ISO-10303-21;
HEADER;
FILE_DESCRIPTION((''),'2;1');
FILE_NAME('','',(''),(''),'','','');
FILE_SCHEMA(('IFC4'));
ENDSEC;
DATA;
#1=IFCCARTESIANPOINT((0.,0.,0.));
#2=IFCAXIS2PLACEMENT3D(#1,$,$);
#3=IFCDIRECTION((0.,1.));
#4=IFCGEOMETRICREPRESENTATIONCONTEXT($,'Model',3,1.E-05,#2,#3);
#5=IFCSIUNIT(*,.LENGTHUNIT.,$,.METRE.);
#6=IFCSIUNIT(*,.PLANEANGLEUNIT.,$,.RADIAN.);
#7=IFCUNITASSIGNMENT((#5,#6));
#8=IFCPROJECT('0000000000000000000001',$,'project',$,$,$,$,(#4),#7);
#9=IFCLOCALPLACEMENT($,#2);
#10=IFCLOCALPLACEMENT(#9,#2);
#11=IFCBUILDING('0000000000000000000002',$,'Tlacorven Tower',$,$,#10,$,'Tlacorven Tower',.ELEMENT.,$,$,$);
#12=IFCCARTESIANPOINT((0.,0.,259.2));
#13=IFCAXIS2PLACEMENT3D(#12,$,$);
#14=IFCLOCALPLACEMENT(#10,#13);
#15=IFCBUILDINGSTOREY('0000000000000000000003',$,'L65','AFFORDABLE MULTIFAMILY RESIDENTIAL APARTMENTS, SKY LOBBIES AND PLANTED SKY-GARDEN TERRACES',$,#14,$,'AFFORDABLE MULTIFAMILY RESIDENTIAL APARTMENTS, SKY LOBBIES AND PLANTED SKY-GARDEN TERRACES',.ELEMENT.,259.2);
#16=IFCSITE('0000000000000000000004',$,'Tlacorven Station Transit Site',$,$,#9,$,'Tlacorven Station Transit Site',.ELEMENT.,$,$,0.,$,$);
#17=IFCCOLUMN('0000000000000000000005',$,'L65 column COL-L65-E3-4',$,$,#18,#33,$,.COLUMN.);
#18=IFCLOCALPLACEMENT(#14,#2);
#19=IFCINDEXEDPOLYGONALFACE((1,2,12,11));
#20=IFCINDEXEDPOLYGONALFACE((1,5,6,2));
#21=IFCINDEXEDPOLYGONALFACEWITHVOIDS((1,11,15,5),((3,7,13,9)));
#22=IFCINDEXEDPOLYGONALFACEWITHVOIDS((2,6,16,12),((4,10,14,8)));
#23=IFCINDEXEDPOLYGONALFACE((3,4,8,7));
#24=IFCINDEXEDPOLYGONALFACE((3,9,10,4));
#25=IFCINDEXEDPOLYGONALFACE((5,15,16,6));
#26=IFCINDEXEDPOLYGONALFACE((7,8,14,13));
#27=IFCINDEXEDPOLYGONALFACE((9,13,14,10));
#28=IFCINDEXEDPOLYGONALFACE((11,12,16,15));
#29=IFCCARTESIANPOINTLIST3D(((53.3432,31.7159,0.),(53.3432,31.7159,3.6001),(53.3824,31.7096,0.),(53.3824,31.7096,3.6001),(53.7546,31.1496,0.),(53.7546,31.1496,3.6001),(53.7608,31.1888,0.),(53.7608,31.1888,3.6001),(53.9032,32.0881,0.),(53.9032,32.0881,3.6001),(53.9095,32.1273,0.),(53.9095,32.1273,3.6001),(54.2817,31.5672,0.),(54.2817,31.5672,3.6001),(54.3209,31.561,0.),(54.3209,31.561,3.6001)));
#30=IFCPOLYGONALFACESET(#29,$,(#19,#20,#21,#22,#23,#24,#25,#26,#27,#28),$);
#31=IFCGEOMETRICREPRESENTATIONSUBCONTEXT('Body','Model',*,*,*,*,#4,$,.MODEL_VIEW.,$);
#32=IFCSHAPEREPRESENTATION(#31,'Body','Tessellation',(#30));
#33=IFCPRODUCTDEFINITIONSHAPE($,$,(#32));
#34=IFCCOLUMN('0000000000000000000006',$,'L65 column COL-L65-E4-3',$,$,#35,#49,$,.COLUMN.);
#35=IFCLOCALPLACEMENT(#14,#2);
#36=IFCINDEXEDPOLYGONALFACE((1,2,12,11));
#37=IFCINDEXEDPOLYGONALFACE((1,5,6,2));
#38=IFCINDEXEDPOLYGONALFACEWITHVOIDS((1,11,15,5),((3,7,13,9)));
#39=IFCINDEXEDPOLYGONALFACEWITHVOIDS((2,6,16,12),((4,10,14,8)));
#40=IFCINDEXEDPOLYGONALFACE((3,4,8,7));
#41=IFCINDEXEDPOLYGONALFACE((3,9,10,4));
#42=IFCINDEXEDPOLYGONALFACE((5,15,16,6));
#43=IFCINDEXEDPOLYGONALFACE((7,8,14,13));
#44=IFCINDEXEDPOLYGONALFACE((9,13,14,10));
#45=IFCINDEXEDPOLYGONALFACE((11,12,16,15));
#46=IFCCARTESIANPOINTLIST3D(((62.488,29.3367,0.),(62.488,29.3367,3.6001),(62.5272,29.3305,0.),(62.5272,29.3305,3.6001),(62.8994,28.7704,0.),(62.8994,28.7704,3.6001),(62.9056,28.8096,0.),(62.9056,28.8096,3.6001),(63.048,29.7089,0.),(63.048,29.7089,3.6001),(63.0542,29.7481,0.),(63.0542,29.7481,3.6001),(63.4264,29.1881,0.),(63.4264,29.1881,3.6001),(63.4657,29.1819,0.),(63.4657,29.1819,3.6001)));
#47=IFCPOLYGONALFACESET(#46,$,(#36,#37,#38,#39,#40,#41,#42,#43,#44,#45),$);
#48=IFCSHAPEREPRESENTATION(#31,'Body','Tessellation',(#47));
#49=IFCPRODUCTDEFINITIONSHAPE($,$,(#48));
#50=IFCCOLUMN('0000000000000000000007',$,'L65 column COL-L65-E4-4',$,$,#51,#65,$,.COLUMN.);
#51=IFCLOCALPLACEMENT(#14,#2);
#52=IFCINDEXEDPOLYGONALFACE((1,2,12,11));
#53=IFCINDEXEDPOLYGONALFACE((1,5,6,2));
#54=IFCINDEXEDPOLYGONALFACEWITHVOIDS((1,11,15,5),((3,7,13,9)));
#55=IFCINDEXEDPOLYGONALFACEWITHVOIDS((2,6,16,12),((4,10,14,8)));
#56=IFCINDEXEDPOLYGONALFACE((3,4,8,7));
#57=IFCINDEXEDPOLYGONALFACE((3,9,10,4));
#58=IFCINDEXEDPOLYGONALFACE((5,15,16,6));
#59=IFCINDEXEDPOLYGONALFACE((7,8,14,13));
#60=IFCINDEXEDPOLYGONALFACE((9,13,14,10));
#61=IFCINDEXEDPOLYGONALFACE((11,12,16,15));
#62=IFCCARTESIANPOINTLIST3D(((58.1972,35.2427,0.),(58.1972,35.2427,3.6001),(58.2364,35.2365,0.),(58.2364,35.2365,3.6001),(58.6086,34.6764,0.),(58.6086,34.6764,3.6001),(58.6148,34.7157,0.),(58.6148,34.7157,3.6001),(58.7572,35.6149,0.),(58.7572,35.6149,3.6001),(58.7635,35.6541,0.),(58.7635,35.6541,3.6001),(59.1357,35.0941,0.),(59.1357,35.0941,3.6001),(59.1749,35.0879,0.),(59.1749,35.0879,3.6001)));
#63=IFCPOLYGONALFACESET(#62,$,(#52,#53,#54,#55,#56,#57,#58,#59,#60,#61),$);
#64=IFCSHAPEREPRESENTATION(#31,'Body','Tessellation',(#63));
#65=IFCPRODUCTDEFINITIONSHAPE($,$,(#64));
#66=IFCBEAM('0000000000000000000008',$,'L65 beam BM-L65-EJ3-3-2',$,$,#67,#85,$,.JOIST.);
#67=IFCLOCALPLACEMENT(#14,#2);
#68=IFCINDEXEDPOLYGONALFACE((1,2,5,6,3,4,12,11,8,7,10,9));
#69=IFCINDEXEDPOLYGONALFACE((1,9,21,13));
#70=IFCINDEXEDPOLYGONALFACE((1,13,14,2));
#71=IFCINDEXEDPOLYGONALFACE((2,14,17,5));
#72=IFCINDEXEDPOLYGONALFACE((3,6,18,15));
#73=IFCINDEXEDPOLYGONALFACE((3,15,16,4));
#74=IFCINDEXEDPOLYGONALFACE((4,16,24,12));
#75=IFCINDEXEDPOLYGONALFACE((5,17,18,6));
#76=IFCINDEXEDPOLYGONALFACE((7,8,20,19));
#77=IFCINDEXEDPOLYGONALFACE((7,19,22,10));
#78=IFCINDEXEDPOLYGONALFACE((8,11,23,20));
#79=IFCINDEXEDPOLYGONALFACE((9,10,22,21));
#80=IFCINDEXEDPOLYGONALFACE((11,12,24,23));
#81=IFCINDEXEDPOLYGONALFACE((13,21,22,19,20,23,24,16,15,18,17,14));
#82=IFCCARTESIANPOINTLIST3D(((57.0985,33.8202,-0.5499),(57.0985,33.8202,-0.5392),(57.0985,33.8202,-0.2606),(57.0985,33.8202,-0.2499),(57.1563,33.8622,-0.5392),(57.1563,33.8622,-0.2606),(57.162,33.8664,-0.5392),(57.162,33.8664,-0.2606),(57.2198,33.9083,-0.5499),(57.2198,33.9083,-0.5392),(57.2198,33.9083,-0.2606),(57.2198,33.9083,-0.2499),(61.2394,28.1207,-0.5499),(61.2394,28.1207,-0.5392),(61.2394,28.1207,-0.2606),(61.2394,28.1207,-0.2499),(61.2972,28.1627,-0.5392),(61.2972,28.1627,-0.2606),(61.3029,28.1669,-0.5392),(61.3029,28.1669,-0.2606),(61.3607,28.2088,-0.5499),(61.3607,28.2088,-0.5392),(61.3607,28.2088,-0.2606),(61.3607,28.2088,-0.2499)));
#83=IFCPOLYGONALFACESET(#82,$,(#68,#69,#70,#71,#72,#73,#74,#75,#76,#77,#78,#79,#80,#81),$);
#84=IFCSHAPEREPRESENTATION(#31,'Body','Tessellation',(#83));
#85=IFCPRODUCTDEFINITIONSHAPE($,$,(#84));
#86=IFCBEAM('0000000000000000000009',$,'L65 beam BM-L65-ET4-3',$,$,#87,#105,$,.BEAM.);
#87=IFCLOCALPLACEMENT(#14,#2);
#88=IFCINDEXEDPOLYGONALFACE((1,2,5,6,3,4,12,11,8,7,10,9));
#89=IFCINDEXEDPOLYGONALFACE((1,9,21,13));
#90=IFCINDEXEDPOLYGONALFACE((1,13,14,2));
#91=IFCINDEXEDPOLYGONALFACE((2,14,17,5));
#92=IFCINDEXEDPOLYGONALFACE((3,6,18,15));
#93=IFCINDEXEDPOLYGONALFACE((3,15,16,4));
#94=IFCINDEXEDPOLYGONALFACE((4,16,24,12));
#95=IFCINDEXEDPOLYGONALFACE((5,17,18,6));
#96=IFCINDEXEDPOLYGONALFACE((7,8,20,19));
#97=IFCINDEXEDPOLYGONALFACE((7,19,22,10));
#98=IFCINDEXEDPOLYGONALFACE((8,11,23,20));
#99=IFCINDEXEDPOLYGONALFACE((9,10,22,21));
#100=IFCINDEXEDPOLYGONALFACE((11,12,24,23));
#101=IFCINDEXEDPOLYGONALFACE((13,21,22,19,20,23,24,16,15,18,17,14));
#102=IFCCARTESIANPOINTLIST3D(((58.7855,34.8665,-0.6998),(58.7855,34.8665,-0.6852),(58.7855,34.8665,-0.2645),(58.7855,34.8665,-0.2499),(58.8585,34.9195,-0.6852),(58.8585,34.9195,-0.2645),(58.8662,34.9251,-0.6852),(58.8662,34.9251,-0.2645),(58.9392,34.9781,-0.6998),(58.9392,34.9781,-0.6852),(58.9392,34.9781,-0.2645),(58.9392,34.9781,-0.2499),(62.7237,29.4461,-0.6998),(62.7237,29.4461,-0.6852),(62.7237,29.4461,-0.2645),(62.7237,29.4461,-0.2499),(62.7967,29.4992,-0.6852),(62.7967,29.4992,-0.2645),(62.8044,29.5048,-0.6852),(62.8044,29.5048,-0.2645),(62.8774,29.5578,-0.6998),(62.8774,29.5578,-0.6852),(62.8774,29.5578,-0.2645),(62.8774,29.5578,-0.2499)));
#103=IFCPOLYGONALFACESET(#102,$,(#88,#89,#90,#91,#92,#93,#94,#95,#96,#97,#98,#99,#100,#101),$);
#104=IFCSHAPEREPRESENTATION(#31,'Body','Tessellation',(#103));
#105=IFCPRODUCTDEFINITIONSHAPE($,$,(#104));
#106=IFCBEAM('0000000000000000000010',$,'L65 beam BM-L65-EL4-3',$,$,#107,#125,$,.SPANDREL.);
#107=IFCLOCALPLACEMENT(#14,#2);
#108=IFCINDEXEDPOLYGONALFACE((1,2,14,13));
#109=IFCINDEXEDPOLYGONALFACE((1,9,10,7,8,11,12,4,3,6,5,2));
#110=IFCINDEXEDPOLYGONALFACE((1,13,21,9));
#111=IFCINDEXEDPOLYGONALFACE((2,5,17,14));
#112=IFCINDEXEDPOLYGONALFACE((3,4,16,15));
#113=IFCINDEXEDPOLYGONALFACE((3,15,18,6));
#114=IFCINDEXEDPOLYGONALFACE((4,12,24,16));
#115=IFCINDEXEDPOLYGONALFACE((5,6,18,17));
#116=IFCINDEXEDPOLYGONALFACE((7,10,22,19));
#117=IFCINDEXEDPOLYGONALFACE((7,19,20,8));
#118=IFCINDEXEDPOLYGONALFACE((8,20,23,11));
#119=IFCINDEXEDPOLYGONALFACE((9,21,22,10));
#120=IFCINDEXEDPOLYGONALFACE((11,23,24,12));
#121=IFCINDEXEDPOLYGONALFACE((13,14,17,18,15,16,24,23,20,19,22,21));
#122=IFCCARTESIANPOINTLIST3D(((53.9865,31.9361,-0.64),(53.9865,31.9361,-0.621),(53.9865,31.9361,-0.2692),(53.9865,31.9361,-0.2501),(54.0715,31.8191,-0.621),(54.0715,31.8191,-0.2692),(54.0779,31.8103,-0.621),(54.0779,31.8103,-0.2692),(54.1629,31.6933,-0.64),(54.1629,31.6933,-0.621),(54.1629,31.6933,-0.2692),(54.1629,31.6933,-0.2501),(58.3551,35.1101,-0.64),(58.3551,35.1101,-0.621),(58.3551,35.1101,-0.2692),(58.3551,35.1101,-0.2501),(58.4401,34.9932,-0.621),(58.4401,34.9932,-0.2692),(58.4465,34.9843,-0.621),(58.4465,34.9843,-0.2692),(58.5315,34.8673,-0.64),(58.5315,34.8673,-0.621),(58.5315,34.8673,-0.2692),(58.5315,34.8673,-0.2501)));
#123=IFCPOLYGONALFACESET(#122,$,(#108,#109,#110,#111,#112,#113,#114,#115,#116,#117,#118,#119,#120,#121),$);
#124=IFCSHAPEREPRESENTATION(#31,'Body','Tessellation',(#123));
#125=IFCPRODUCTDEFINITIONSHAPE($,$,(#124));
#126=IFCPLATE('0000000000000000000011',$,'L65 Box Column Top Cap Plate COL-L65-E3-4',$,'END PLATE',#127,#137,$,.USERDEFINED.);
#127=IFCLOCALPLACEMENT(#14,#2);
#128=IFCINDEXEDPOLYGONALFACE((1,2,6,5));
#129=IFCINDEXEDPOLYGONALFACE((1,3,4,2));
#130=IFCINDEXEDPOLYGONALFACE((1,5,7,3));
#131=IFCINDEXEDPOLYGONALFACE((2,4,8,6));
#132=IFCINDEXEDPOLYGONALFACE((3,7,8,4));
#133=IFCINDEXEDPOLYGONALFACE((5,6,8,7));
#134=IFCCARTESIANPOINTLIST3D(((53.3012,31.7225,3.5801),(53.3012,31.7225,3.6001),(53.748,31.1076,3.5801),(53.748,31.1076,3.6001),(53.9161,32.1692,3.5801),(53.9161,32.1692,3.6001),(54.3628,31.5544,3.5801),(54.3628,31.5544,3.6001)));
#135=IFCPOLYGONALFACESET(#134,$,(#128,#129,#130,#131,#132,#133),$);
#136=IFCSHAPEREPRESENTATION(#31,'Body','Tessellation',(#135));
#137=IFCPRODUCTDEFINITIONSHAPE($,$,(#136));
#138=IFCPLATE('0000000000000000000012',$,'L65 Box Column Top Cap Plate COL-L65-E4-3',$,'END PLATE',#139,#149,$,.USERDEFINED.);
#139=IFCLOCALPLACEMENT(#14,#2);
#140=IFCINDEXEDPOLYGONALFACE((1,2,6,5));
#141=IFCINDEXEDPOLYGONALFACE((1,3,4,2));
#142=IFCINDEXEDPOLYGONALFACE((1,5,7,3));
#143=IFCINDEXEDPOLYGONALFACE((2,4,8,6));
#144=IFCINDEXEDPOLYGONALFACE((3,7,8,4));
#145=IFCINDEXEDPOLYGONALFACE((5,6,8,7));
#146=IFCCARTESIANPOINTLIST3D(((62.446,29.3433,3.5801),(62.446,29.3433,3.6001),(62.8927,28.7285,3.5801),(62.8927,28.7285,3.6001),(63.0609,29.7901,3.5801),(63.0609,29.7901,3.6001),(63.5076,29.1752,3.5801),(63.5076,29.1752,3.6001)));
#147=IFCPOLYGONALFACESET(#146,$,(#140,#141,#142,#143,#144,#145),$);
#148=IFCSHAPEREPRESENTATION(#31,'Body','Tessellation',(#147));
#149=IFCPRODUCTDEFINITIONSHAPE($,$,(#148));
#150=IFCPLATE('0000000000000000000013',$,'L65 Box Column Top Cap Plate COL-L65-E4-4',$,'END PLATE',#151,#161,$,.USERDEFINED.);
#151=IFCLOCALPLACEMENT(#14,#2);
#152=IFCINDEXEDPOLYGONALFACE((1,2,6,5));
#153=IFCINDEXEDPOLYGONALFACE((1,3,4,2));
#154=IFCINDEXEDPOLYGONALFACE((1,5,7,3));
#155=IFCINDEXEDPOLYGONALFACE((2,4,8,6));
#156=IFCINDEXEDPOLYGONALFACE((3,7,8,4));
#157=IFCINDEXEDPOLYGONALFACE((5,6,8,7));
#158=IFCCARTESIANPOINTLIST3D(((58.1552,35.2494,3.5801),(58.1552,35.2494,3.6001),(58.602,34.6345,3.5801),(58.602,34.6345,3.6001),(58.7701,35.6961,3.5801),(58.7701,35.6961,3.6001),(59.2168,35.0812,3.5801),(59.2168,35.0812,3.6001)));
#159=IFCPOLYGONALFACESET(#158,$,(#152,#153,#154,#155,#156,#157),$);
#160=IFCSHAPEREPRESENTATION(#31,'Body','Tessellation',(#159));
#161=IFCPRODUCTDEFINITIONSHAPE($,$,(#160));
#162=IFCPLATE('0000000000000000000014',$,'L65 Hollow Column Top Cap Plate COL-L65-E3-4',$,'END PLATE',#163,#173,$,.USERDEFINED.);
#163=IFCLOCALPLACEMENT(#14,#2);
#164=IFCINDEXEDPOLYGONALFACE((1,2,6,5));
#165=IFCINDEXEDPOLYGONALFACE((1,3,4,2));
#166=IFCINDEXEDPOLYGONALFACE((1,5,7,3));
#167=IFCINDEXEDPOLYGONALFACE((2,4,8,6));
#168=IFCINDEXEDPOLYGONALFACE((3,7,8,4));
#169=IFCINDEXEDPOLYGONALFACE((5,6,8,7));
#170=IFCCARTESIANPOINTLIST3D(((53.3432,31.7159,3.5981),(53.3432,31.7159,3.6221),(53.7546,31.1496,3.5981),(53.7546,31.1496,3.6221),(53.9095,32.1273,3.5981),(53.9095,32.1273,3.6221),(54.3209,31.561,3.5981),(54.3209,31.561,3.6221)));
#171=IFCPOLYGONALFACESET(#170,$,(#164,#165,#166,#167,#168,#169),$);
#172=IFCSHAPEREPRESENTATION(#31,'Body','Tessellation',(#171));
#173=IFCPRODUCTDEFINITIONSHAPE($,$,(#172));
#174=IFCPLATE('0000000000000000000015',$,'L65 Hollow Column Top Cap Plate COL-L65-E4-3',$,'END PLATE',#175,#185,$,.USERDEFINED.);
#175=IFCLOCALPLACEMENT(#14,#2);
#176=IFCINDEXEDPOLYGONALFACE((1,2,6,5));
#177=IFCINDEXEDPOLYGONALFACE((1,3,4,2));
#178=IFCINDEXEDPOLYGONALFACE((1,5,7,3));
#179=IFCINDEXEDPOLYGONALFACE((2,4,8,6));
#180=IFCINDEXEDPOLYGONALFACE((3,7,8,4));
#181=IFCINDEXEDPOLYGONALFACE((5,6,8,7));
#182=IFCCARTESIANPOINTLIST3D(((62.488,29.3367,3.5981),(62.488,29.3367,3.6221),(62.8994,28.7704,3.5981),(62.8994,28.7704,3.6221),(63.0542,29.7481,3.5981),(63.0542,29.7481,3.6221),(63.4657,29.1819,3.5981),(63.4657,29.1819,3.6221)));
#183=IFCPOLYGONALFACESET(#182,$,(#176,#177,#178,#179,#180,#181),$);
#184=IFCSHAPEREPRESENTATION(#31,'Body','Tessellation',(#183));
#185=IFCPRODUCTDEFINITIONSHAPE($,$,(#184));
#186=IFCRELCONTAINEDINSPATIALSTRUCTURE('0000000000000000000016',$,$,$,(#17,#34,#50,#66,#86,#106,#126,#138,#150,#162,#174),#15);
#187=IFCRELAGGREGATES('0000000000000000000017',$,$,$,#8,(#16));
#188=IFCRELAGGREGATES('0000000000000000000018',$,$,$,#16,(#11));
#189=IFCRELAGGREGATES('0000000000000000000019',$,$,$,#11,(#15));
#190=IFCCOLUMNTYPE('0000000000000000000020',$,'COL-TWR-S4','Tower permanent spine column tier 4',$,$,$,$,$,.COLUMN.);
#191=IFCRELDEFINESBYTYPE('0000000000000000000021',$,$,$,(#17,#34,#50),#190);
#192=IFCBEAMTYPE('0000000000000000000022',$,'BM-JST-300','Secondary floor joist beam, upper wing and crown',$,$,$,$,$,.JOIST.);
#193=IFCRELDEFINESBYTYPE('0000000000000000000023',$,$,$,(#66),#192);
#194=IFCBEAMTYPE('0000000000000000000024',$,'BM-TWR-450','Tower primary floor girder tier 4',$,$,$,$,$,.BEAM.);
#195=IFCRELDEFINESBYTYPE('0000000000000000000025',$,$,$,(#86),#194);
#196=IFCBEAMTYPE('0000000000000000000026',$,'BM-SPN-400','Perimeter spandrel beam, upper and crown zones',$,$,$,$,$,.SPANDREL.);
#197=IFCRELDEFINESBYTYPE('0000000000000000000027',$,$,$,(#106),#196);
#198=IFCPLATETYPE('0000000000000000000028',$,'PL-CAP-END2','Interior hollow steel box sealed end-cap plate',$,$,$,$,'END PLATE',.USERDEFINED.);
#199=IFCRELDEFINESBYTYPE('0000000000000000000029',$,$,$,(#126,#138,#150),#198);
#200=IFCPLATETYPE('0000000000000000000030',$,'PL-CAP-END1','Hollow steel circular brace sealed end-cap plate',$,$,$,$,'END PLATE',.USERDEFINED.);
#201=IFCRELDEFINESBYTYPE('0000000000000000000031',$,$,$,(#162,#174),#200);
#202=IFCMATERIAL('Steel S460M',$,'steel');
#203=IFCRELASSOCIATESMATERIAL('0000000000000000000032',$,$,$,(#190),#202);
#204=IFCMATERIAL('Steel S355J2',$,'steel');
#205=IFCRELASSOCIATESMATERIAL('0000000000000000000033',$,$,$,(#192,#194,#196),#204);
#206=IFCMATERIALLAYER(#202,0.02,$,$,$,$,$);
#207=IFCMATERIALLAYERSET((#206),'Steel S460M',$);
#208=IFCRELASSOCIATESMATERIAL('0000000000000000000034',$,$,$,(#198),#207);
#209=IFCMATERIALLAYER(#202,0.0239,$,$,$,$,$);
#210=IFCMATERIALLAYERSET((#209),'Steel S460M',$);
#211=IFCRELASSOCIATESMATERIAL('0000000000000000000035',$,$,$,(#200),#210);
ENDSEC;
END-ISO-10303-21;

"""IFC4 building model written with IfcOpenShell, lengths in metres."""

from ifc_helpers import new_model, si_unit, direction, frame, origin, origin_2d, place, context, subcontext, project, spatial, rectangle, hollow_rectangle, i_section, extrude, source, transform, mapped, material, layer, layer_set, material_profile, profile_set, type_object, element, save


model = new_model("IFC4")

# Units and contexts
model_context = context("Model", 3, precision=1e-05, world=origin(), true_north=direction((0.0, 1.0)))
body_context = subcontext(model_context, "Body", "Model", "MODEL_VIEW")
ifc_project = project(units=[si_unit("LENGTHUNIT", "METRE"), si_unit("PLANEANGLEUNIT", "RADIAN")], contexts=[model_context])

# Site, building, storey
site_placement = place(None, origin())
site = spatial("IfcSite", under=ifc_project, at=site_placement, Name="Tlacorven Station Transit Site", LongName="Tlacorven Station Transit Site", CompositionType="ELEMENT", RefElevation=0.0)
building_placement = place(site_placement, origin())
building = spatial("IfcBuilding", under=site, at=building_placement, Name="Tlacorven Tower", LongName="Tlacorven Tower", CompositionType="ELEMENT")
storey_placement = place(building_placement, frame((0.0, 0.0, 259.2)))
storey = spatial("IfcBuildingStorey", under=building, at=storey_placement, Name="L65", Description="AFFORDABLE MULTIFAMILY RESIDENTIAL APARTMENTS, SKY LOBBIES AND PLANTED SKY-GARDEN TERRACES", LongName="AFFORDABLE MULTIFAMILY RESIDENTIAL APARTMENTS, SKY LOBBIES AND PLANTED SKY-GARDEN TERRACES", CompositionType="ELEMENT", Elevation=259.2)

# Columns
ifc_material_1 = material(Name="Steel S460M", Category="steel")
ifc_material_profile_1 = material_profile(ifc_material_1, hollow_rectangle(XDim=0.7, YDim=0.7, WallThickness=0.0281, at=origin_2d()), Name="BOX 700X700X28")
ifc_profile_set_1 = profile_set([ifc_material_profile_1], Name="Steel S460M")
column_type = type_object("IfcColumnType", Name="COL-TWR-S4", Description="Tower permanent spine column tier 4", PredefinedType="COLUMN", material=ifc_profile_set_1)
shared_shape_1 = source(origin(), body_context, "Body", "SweptSolid", [
    extrude(hollow_rectangle(XDim=0.7, YDim=0.7, WallThickness=0.0281, at=origin_2d()), origin(), (0.0, 0.0, 1.0), 3.6001),
])
for number, where, z_axis, x_axis, name in (
    (1, (53.832, 31.6384, 0.0), (0.0, 0.0, 1.0), (0.809017, 0.587785, 0.0), "L65 column COL-L65-E3-4"),
    (2, (62.9768, 29.2593, 0.0), (0.0, 0.0, 1.0), (0.809017, 0.587785, 0.0), "L65 column COL-L65-E4-3"),
    (3, (58.686, 35.1653, 0.0), (0.0, 0.0, 1.0), (0.809017, 0.587785, 0.0), "L65 column COL-L65-E4-4"),
):
    element("IfcColumn", number, at=place(storey_placement, frame(where, z_axis=z_axis, x_axis=x_axis)), inside=storey, type_object=column_type, Name=name, PredefinedType="COLUMN", context=body_context, shape_type="MappedRepresentation", body=[
        mapped(shared_shape_1, transform((0.0, 0.0, 0.0), scale=1.0)),
    ])

# Beams
ifc_material_2 = material(Name="Steel S355J2", Category="steel")
ifc_material_profile_2 = material_profile(ifc_material_2, i_section(OverallWidth=0.1499, OverallDepth=0.3, WebThickness=0.0071, FlangeThickness=0.0107, at=origin_2d()), Name="IPE 300")
ifc_profile_set_2 = profile_set([ifc_material_profile_2], Name="Steel S355J2")
beam_type_1 = type_object("IfcBeamType", Name="BM-JST-300", Description="Secondary floor joist beam, upper wing and crown", PredefinedType="JOIST", material=ifc_profile_set_2)
shared_shape_2 = source(origin(), body_context, "Body", "SweptSolid", [
    extrude(i_section(OverallWidth=0.1499, OverallDepth=0.3, WebThickness=0.0071, FlangeThickness=0.0107, at=origin_2d()), origin(), (0.0, 0.0, 1.0), 7.0449),
])
beam_1_placement = place(storey_placement, frame((61.3, 28.1648, -0.3999), z_axis=(-0.587782, 0.809019, 0.0), x_axis=(-0.809019, -0.587782, 0.0)))
element("IfcBeam", 4, at=beam_1_placement, inside=storey, type_object=beam_type_1, Name="L65 beam BM-L65-EJ3-3-2", PredefinedType="JOIST", context=body_context, shape_type="MappedRepresentation", body=[
    mapped(shared_shape_2, transform((0.0, 0.0, 0.0), scale=1.0)),
])
ifc_material_profile_3 = material_profile(ifc_material_2, i_section(OverallWidth=0.1899, OverallDepth=0.45, WebThickness=0.0095, FlangeThickness=0.0146, at=origin_2d()), Name="IPE 450")
ifc_profile_set_3 = profile_set([ifc_material_profile_3], Name="Steel S355J2")
beam_type_2 = type_object("IfcBeamType", Name="BM-TWR-450", Description="Tower primary floor girder tier 4", PredefinedType="BEAM", material=ifc_profile_set_3)
shared_shape_3 = source(origin(), body_context, "Body", "SweptSolid", [
    extrude(i_section(OverallWidth=0.1899, OverallDepth=0.45, WebThickness=0.0095, FlangeThickness=0.0146, at=origin_2d()), origin(), (0.0, 0.0, 1.0), 6.7),
])
beam_2_placement = place(storey_placement, frame((62.8005, 29.502, -0.4749), z_axis=(-0.587792, 0.809012, 0.0), x_axis=(-0.809012, -0.587792, 0.0)))
element("IfcBeam", 5, at=beam_2_placement, inside=storey, type_object=beam_type_2, Name="L65 beam BM-L65-ET4-3", PredefinedType="BEAM", context=body_context, shape_type="MappedRepresentation", body=[
    mapped(shared_shape_3, transform((0.0, 0.0, 0.0), scale=1.0)),
])
ifc_material_profile_4 = material_profile(ifc_material_2, i_section(OverallWidth=0.3, OverallDepth=0.3899, WebThickness=0.011, FlangeThickness=0.019, at=origin_2d()), Name="HEA 400")
ifc_profile_set_4 = profile_set([ifc_material_profile_4], Name="Steel S355J2")
beam_type_3 = type_object("IfcBeamType", Name="BM-SPN-400", Description="Perimeter spandrel beam, upper and crown zones", PredefinedType="SPANDREL", material=ifc_profile_set_4)
shared_shape_4 = source(origin(), body_context, "Body", "SweptSolid", [
    extrude(i_section(OverallWidth=0.3, OverallDepth=0.3899, WebThickness=0.011, FlangeThickness=0.019, at=origin_2d()), origin(), (0.0, 0.0, 1.0), 5.3999),
])
beam_3_placement = place(storey_placement, frame((54.0747, 31.8147, -0.4451), z_axis=(0.809012, 0.587793, 0.0), x_axis=(-0.587793, 0.809012, 0.0)))
element("IfcBeam", 6, at=beam_3_placement, inside=storey, type_object=beam_type_3, Name="L65 beam BM-L65-EL4-3", PredefinedType="SPANDREL", context=body_context, shape_type="MappedRepresentation", body=[
    mapped(shared_shape_4, transform((0.0, 0.0, 0.0), scale=1.0)),
])

# Plates
ifc_layer_1 = layer(ifc_material_1, 0.02)
ifc_layer_set_1 = layer_set([ifc_layer_1], Name="Steel S460M")
plate_type_1 = type_object("IfcPlateType", Name="PL-CAP-END2", Description="Interior hollow steel box sealed end-cap plate", ElementType="END PLATE", PredefinedType="USERDEFINED", material=ifc_layer_set_1)
shared_shape_5 = source(origin(), body_context, "Body", "SweptSolid", [
    extrude(rectangle(XDim=0.76, YDim=0.76, at=origin_2d()), origin(), (0.0, 0.0, 1.0), 0.02),
])
for number, where, z_axis, x_axis, name in (
    (7, (53.832, 31.6384, 3.5801), (0.0, 0.0, 1.0), (0.809017, 0.587785, 0.0), "L65 Box Column Top Cap Plate COL-L65-E3-4"),
    (8, (62.9768, 29.2593, 3.5801), (0.0, 0.0, 1.0), (0.809017, 0.587785, 0.0), "L65 Box Column Top Cap Plate COL-L65-E4-3"),
    (9, (58.686, 35.1653, 3.5801), (0.0, 0.0, 1.0), (0.809017, 0.587785, 0.0), "L65 Box Column Top Cap Plate COL-L65-E4-4"),
):
    element("IfcPlate", number, at=place(storey_placement, frame(where, z_axis=z_axis, x_axis=x_axis)), inside=storey, type_object=plate_type_1, Name=name, ObjectType="END PLATE", PredefinedType="USERDEFINED", context=body_context, shape_type="MappedRepresentation", body=[
        mapped(shared_shape_5, transform((0.0, 0.0, 0.0), scale=1.0)),
    ])
ifc_layer_2 = layer(ifc_material_1, 0.0239)
ifc_layer_set_2 = layer_set([ifc_layer_2], Name="Steel S460M")
plate_type_2 = type_object("IfcPlateType", Name="PL-CAP-END1", Description="Hollow steel circular brace sealed end-cap plate", ElementType="END PLATE", PredefinedType="USERDEFINED", material=ifc_layer_set_2)
shared_shape_6 = source(origin(), body_context, "Body", "SweptSolid", [
    extrude(rectangle(XDim=0.7, YDim=0.7, at=origin_2d()), origin(), (0.0, 0.0, 1.0), 0.0239),
])
for number, where, z_axis, x_axis, name in (
    (10, (53.832, 31.6384, 3.5981), (0.0, 0.0, 1.0), (0.809017, 0.587785, 0.0), "L65 Hollow Column Top Cap Plate COL-L65-E3-4"),
    (11, (62.9768, 29.2593, 3.5981), (0.0, 0.0, 1.0), (0.809017, 0.587785, 0.0), "L65 Hollow Column Top Cap Plate COL-L65-E4-3"),
):
    element("IfcPlate", number, at=place(storey_placement, frame(where, z_axis=z_axis, x_axis=x_axis)), inside=storey, type_object=plate_type_2, Name=name, ObjectType="END PLATE", PredefinedType="USERDEFINED", context=body_context, shape_type="MappedRepresentation", body=[
        mapped(shared_shape_6, transform((0.0, 0.0, 0.0), scale=1.0)),
    ])

save(model, "model.ifc")
